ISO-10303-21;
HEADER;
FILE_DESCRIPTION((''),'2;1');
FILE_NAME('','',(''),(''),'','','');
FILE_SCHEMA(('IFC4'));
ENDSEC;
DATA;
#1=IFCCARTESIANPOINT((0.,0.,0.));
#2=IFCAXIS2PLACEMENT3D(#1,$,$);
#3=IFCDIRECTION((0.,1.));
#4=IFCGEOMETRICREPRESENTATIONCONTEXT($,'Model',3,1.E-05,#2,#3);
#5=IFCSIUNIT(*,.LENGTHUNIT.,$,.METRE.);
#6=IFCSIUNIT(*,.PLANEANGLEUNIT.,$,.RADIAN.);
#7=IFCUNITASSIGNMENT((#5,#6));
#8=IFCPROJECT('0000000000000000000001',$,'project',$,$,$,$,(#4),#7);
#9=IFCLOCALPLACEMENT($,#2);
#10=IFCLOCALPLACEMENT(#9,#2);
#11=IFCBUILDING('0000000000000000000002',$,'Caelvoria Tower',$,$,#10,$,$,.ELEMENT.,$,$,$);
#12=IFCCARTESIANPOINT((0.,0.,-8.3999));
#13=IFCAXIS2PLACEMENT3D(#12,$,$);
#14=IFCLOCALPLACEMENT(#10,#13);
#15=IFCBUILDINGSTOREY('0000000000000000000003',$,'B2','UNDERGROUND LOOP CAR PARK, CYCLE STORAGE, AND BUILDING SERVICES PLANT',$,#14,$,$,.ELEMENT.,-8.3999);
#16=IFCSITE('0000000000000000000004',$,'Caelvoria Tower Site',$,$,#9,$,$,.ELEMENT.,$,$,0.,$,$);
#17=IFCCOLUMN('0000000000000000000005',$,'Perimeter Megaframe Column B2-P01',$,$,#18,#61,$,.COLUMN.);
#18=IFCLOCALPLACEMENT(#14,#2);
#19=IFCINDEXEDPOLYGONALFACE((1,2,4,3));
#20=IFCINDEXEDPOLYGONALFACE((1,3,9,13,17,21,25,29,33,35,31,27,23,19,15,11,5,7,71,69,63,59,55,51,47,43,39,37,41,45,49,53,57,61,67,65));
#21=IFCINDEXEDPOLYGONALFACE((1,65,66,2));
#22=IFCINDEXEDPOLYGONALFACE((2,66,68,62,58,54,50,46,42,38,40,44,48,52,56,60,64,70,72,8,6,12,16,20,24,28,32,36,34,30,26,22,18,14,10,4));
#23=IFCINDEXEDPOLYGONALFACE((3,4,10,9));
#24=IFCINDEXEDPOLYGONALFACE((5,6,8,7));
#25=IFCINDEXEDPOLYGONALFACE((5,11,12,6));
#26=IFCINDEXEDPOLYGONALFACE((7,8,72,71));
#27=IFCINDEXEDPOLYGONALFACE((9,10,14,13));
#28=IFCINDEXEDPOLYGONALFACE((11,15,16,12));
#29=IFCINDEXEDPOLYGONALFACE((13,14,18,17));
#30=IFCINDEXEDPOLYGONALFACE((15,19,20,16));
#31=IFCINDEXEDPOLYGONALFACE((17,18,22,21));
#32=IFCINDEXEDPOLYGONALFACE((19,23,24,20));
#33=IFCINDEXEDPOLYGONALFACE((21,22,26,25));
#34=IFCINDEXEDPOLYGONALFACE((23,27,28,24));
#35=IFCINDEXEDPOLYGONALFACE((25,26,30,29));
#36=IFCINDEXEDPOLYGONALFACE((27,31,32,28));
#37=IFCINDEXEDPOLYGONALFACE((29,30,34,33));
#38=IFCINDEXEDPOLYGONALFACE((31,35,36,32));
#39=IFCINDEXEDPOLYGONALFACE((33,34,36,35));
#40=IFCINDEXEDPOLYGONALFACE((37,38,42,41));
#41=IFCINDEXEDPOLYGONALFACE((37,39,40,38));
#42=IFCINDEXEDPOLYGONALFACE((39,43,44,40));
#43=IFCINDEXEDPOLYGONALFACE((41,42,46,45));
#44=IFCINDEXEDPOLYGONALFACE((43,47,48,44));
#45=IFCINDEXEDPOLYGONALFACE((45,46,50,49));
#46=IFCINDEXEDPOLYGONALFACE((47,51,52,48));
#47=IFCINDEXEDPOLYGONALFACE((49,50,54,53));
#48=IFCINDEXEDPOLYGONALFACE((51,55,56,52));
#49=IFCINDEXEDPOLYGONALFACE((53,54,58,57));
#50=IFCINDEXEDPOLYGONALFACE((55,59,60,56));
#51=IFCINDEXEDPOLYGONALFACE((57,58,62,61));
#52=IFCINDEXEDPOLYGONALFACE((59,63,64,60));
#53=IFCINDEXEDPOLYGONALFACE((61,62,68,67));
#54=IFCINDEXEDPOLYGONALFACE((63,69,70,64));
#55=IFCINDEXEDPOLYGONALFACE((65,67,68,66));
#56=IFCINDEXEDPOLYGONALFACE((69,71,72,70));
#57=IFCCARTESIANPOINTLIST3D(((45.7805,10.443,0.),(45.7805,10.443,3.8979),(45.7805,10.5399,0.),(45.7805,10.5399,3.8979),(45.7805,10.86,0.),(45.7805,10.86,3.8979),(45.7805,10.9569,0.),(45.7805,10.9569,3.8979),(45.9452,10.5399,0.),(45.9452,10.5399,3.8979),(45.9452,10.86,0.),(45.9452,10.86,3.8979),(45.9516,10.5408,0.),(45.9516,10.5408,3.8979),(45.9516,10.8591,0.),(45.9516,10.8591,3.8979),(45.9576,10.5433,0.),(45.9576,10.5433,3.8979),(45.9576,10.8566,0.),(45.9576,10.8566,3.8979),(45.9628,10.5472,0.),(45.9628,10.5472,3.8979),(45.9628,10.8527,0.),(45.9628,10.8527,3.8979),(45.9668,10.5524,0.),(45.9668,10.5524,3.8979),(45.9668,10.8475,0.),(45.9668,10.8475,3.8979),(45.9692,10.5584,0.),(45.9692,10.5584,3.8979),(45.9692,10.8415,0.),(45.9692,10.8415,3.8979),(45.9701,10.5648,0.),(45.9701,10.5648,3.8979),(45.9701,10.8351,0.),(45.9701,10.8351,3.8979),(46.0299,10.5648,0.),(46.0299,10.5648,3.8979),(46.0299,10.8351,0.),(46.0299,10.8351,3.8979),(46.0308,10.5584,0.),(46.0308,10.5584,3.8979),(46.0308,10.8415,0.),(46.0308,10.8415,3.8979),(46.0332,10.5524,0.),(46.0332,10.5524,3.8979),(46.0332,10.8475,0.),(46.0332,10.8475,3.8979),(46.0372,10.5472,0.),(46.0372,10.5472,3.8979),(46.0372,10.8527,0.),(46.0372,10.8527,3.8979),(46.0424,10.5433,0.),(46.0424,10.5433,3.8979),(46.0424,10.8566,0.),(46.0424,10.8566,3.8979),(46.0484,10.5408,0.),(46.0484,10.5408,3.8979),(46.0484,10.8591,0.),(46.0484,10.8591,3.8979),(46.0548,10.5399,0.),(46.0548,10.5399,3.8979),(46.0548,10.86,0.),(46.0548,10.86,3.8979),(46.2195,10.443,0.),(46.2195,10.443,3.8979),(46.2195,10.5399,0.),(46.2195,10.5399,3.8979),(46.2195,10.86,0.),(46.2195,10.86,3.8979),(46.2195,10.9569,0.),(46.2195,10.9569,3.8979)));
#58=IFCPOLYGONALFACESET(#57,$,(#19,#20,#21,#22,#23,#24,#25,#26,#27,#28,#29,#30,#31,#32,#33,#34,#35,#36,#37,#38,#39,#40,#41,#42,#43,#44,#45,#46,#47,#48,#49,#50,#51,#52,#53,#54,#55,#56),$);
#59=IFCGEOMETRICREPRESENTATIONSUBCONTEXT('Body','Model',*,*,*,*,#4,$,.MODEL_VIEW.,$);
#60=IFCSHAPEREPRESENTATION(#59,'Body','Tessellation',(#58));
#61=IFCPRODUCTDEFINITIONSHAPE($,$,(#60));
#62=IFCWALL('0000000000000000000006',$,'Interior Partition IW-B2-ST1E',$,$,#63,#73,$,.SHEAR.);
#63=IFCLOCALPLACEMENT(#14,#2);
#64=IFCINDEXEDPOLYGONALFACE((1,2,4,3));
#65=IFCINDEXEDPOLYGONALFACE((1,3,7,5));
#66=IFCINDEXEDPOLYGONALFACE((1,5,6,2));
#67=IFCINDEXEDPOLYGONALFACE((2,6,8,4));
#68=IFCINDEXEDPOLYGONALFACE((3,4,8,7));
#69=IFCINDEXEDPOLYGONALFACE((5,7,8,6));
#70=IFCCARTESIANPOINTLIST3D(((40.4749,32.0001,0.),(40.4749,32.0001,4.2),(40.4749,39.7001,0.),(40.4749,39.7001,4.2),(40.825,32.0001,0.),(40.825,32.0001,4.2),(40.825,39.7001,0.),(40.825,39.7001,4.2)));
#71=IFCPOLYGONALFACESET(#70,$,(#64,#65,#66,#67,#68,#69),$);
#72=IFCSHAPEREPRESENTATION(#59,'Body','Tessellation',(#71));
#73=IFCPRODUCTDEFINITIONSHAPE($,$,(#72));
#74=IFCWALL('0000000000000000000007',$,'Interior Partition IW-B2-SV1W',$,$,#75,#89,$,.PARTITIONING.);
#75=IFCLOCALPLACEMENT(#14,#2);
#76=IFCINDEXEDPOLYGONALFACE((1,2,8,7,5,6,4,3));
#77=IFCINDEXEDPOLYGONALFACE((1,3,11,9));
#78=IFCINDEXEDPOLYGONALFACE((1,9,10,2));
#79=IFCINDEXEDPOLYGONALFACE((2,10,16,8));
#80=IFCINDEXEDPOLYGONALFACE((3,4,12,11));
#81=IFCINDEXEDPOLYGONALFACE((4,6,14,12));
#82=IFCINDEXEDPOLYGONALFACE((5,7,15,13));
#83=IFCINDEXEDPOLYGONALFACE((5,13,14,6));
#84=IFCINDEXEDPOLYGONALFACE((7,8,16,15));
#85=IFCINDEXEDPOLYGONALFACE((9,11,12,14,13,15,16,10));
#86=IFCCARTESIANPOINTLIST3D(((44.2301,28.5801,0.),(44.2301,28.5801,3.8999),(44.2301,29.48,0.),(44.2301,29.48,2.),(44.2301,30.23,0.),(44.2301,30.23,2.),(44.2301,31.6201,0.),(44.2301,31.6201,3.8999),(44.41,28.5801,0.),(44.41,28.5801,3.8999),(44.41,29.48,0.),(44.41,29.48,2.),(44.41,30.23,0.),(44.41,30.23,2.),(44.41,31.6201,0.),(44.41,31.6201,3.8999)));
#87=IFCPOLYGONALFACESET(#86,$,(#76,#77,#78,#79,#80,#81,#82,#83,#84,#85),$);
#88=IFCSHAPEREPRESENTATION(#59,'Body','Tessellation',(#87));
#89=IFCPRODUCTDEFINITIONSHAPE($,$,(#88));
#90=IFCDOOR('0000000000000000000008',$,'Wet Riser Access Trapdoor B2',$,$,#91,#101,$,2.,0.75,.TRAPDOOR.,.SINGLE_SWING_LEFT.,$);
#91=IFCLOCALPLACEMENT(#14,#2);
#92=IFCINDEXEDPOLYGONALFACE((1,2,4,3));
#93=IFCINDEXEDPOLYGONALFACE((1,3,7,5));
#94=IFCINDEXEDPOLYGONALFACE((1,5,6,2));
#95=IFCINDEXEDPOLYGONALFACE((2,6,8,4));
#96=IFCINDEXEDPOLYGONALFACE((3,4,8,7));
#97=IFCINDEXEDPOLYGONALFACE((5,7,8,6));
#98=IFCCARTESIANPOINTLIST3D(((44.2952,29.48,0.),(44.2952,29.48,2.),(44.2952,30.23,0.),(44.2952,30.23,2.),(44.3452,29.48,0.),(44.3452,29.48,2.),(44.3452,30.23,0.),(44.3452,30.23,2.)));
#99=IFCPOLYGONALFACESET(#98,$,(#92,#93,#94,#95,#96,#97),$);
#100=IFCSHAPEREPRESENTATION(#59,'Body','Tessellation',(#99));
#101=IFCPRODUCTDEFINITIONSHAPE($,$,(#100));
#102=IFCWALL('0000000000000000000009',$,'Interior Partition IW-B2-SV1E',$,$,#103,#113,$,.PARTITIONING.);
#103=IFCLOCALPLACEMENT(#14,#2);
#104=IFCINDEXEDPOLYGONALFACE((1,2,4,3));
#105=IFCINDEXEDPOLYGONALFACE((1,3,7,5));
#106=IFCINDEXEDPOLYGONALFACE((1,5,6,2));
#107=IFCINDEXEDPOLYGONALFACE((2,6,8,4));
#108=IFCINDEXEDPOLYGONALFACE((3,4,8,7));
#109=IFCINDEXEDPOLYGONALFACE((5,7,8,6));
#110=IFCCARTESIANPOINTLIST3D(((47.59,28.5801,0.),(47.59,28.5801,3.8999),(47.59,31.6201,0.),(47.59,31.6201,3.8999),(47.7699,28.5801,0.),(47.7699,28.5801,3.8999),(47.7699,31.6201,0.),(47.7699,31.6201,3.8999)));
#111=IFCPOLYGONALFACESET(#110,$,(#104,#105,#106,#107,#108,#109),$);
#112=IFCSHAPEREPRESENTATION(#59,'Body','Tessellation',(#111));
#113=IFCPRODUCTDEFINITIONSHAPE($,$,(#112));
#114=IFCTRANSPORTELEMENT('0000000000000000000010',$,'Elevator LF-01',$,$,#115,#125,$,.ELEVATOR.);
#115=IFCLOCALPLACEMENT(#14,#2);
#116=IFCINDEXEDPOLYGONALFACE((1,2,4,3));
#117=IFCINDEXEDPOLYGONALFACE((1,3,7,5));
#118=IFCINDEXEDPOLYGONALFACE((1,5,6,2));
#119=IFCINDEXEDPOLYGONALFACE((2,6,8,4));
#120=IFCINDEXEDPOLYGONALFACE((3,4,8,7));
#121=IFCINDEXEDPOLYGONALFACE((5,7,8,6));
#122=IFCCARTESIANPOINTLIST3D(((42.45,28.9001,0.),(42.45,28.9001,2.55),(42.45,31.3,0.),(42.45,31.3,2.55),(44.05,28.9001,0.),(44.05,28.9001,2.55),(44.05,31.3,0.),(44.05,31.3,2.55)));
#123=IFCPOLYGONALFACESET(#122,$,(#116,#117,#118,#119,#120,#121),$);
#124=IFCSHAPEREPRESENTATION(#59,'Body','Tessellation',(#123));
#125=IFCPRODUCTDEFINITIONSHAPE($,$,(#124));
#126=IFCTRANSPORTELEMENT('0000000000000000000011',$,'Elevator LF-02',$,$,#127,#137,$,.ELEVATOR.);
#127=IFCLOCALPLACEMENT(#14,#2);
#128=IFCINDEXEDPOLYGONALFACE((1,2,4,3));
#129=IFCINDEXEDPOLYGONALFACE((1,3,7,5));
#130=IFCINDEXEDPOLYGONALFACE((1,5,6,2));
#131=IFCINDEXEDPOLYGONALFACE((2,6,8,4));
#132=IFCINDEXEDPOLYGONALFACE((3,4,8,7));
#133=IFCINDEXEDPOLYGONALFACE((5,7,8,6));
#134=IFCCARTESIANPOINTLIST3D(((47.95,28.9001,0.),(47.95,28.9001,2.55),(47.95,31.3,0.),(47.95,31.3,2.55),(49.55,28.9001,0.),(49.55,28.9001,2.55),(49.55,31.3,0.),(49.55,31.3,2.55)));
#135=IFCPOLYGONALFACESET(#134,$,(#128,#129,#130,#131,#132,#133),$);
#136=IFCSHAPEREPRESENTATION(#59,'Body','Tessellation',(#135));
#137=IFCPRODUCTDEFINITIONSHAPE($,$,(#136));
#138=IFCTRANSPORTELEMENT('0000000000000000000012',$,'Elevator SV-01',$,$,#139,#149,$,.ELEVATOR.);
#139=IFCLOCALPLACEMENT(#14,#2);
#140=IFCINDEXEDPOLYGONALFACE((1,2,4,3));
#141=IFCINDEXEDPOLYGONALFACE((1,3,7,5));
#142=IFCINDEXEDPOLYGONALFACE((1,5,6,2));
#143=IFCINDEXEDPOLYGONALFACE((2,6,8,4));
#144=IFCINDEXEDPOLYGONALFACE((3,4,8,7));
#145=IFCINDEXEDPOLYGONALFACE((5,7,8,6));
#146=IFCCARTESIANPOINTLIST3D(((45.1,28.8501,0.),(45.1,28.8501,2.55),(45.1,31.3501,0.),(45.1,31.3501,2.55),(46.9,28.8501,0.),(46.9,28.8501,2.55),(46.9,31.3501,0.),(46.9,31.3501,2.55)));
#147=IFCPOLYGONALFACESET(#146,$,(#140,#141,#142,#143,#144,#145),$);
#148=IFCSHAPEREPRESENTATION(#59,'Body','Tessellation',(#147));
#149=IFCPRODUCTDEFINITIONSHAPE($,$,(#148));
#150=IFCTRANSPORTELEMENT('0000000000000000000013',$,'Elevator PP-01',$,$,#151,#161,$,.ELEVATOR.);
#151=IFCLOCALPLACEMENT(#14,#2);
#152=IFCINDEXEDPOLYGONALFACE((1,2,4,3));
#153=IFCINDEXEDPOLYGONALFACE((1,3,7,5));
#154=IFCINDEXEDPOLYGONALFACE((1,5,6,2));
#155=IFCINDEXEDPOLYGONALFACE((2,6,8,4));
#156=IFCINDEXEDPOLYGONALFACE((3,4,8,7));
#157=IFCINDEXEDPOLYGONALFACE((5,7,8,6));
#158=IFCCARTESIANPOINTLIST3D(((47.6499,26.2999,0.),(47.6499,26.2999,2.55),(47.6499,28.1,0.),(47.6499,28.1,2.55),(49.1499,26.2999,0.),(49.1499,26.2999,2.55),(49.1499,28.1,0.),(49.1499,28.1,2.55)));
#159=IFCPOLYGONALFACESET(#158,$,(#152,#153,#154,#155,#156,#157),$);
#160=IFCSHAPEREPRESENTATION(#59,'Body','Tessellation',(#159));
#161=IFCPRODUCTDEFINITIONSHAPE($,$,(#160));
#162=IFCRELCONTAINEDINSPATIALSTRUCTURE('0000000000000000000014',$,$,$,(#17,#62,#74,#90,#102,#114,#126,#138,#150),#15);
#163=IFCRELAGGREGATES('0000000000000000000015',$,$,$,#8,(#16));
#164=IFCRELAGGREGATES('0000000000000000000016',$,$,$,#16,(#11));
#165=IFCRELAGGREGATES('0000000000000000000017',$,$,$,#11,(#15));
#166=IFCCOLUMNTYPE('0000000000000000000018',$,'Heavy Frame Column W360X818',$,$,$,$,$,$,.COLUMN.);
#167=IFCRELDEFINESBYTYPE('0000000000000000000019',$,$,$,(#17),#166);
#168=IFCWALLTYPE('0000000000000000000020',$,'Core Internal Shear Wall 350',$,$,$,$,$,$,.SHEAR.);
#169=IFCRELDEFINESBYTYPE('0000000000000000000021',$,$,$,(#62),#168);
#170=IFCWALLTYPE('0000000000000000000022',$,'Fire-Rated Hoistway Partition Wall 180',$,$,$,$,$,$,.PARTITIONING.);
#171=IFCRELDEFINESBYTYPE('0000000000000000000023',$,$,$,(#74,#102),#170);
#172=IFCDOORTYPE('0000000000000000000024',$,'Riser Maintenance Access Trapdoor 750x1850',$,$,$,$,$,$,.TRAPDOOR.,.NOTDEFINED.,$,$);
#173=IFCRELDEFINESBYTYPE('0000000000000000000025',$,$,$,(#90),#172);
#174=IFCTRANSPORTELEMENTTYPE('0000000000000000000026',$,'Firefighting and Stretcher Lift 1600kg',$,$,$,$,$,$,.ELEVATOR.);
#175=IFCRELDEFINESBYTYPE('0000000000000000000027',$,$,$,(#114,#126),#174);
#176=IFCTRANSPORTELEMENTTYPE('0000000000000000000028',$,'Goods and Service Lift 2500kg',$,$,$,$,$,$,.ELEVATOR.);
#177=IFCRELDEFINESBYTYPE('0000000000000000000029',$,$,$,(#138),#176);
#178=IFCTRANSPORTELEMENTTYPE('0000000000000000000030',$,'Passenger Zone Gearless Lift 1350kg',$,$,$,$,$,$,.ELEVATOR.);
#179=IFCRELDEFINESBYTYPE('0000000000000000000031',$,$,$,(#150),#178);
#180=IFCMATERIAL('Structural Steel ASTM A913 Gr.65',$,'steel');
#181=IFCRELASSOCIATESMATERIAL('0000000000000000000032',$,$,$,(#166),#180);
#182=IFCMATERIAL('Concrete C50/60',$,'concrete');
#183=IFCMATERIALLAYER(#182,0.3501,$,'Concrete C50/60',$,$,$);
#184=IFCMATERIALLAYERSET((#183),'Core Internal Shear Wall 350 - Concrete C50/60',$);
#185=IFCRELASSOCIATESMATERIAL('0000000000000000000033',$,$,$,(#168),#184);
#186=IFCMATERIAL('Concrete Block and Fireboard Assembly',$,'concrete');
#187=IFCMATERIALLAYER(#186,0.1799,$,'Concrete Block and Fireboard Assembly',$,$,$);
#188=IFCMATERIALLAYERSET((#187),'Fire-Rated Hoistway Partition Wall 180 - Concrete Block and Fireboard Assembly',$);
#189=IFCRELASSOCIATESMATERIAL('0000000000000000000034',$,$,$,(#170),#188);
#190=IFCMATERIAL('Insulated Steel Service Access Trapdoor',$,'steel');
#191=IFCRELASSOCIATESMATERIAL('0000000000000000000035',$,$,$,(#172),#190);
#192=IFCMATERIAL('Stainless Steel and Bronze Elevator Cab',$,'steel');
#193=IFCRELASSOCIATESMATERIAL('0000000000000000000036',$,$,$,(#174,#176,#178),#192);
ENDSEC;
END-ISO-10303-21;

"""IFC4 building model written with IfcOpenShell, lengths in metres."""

from ifc_helpers import new_model, si_unit, direction, frame, frame_2d, origin, origin_2d, place, context, subcontext, project, spatial, rectangle, i_section, extrude, material, layer, layer_set, material_profile, profile_set, type_object, element, fill, save


model = new_model("IFC4")

# Units and contexts
model_context = context("Model", 3, precision=1e-05, world=origin(), true_north=direction((0.0, 1.0)))
body_context = subcontext(model_context, "Body", "Model", "MODEL_VIEW")
ifc_project = project(units=[si_unit("LENGTHUNIT", "METRE"), si_unit("PLANEANGLEUNIT", "RADIAN")], contexts=[model_context])

# Site, building, storey
site_placement = place(None, origin())
site = spatial("IfcSite", under=ifc_project, at=site_placement, Name="Caelvoria Tower Site", CompositionType="ELEMENT", RefElevation=0.0)
building_placement = place(site_placement, origin())
building = spatial("IfcBuilding", under=site, at=building_placement, Name="Caelvoria Tower", CompositionType="ELEMENT")
storey_placement = place(building_placement, frame((0.0, 0.0, -8.3999)))
storey = spatial("IfcBuildingStorey", under=building, at=storey_placement, Name="B2", Description="UNDERGROUND LOOP CAR PARK, CYCLE STORAGE, AND BUILDING SERVICES PLANT", CompositionType="ELEMENT", Elevation=-8.3999)

# Column
ifc_material_1 = material(Name="Concrete C50/60", Category="concrete")
ifc_material_2 = material(Name="Structural Steel ASTM A913 Gr.65", Category="steel")
ifc_material_profile_1 = material_profile(ifc_material_2, i_section(OverallWidth=0.439, OverallDepth=0.5139, WebThickness=0.0598, FlangeThickness=0.0969, FilletRadius=0.0249, at=origin_2d()), Name="Structural Steel ASTM A913 Gr.65")
ifc_profile_set_1 = profile_set([ifc_material_profile_1], Name="W360X818 - Structural Steel ASTM A913 Gr.65")
column_type_1 = type_object("IfcColumnType", Name="Heavy Frame Column W360X818", PredefinedType="COLUMN", material=ifc_profile_set_1)
column_placement = place(storey_placement, frame((46.0, 10.7, 0.0), z_axis=(0.0, 0.0, 1.0), x_axis=(1.0, 0.0, 0.0)))
element("IfcColumn", 1, at=column_placement, inside=storey, type_object=column_type_1, Name="Perimeter Megaframe Column B2-P01", PredefinedType="COLUMN", context=body_context, shape_type="SweptSolid", body=[
    extrude(i_section(OverallWidth=0.439, OverallDepth=0.5139, WebThickness=0.0598, FlangeThickness=0.0969, FilletRadius=0.0249, at=origin_2d()), origin(), (0.0, 0.0, 1.0), 3.8979),
])

# Wall
ifc_layer_1 = layer(ifc_material_1, 0.3501, Name="Concrete C50/60")
ifc_layer_set_1 = layer_set([ifc_layer_1], Name="Core Internal Shear Wall 350 - Concrete C50/60")
wall_type_1 = type_object("IfcWallType", Name="Core Internal Shear Wall 350", PredefinedType="SHEAR", material=ifc_layer_set_1)
wall_1_placement = place(storey_placement, frame((40.6499, 32.0, 0.0), z_axis=(0.0, 0.0, 1.0), x_axis=(0.0, 1.0, 0.0)))
element("IfcWall", 2, at=wall_1_placement, inside=storey, type_object=wall_type_1, Name="Interior Partition IW-B2-ST1E", PredefinedType="SHEAR", context=body_context, shape_type="SweptSolid", body=[
    extrude(rectangle(XDim=7.7, YDim=0.3501, at=frame_2d((3.8501, 0.0))), origin(), (0.0, 0.0, 1.0), 4.2),
])

# Wall, opening, door
ifc_material_3 = material(Name="Concrete Block and Fireboard Assembly", Category="concrete")
ifc_layer_2 = layer(ifc_material_3, 0.1799, Name="Concrete Block and Fireboard Assembly")
ifc_layer_set_2 = layer_set([ifc_layer_2], Name="Fire-Rated Hoistway Partition Wall 180 - Concrete Block and Fireboard Assembly")
wall_type_2 = type_object("IfcWallType", Name="Fire-Rated Hoistway Partition Wall 180", PredefinedType="PARTITIONING", material=ifc_layer_set_2)
wall_2_placement = place(storey_placement, frame((44.3201, 28.5801, 0.0), z_axis=(0.0, 0.0, 1.0), x_axis=(0.0, 1.0, 0.0)))
wall_2 = element("IfcWall", 3, at=wall_2_placement, inside=storey, type_object=wall_type_2, Name="Interior Partition IW-B2-SV1W", PredefinedType="PARTITIONING", context=body_context, shape_type="SweptSolid", body=[
    extrude(rectangle(XDim=3.04, YDim=0.1799, at=frame_2d((1.52, 0.0))), origin(), (0.0, 0.0, 1.0), 3.8999),
])
opening_1_placement = place(wall_2_placement, frame((0.8999, 0.0, 0.0)))
opening_1 = element("IfcOpeningElement", 4, at=opening_1_placement, cuts=wall_2, PredefinedType="OPENING", context=body_context, shape_type="SweptSolid", body=[
    extrude(rectangle(XDim=0.75, YDim=2.0, at=frame_2d((0.375, 1.0))), frame((0.0, 0.0999, 0.0), z_axis=(0.0, -1.0, 0.0), x_axis=(1.0, 0.0, 0.0)), (0.0, 0.0, 1.0), 0.2),
])
ifc_material_4 = material(Name="Insulated Steel Service Access Trapdoor", Category="steel")
door_type_1 = type_object("IfcDoorType", Name="Riser Maintenance Access Trapdoor 750x1850", OperationType="NOTDEFINED", PredefinedType="TRAPDOOR", material=ifc_material_4)
door_1_placement = place(opening_1_placement, origin())
door_1 = element("IfcDoor", 5, at=door_1_placement, inside=storey, type_object=door_type_1, Name="Wet Riser Access Trapdoor B2", OperationType="SINGLE_SWING_LEFT", OverallHeight=2.0, OverallWidth=0.75, PredefinedType="TRAPDOOR", context=body_context, shape_type="SweptSolid", body=[
    extrude(rectangle(XDim=0.75, YDim=2.0, at=frame_2d((0.375, 1.0))), frame((0.0, 0.0249, 0.0), z_axis=(0.0, -1.0, 0.0), x_axis=(1.0, 0.0, 0.0)), (0.0, 0.0, 1.0), 0.05),
])
fill(opening_1, door_1)

# Wall
wall_3_placement = place(storey_placement, frame((47.6799, 28.5801, 0.0), z_axis=(0.0, 0.0, 1.0), x_axis=(0.0, 1.0, 0.0)))
element("IfcWall", 6, at=wall_3_placement, inside=storey, type_object=wall_type_2, Name="Interior Partition IW-B2-SV1E", PredefinedType="PARTITIONING", context=body_context, shape_type="SweptSolid", body=[
    extrude(rectangle(XDim=3.04, YDim=0.1799, at=frame_2d((1.52, 0.0))), origin(), (0.0, 0.0, 1.0), 3.8999),
])

# Transport elements
ifc_material_5 = material(Name="Stainless Steel and Bronze Elevator Cab", Category="steel")
transport_element_type_1 = type_object("IfcTransportElementType", Name="Firefighting and Stretcher Lift 1600kg", PredefinedType="ELEVATOR", material=ifc_material_5)
for number, where, z_axis, x_axis, name in (
    (7, (43.25, 30.1001, 0.0), (0.0, 0.0, 1.0), (1.0, 0.0, 0.0), "Elevator LF-01"),
    (8, (48.75, 30.1001, 0.0), (0.0, 0.0, 1.0), (1.0, 0.0, 0.0), "Elevator LF-02"),
):
    element("IfcTransportElement", number, at=place(storey_placement, frame(where, z_axis=z_axis, x_axis=x_axis)), inside=storey, type_object=transport_element_type_1, Name=name, PredefinedType="ELEVATOR", context=body_context, shape_type="SweptSolid", body=[
        extrude(rectangle(XDim=1.6001, YDim=2.3999, at=origin_2d()), origin(), (0.0, 0.0, 1.0), 2.55),
    ])
transport_element_type_2 = type_object("IfcTransportElementType", Name="Goods and Service Lift 2500kg", PredefinedType="ELEVATOR", material=ifc_material_5)
transport_element_1_placement = place(storey_placement, frame((46.0, 30.1001, 0.0), z_axis=(0.0, 0.0, 1.0), x_axis=(1.0, 0.0, 0.0)))
element("IfcTransportElement", 9, at=transport_element_1_placement, inside=storey, type_object=transport_element_type_2, Name="Elevator SV-01", PredefinedType="ELEVATOR", context=body_context, shape_type="SweptSolid", body=[
    extrude(rectangle(XDim=1.8, YDim=2.5, at=origin_2d()), origin(), (0.0, 0.0, 1.0), 2.55),
])
transport_element_type_3 = type_object("IfcTransportElementType", Name="Passenger Zone Gearless Lift 1350kg", PredefinedType="ELEVATOR", material=ifc_material_5)
transport_element_2_placement = place(storey_placement, frame((48.3999, 27.2, 0.0), z_axis=(0.0, 0.0, 1.0), x_axis=(1.0, 0.0, 0.0)))
element("IfcTransportElement", 10, at=transport_element_2_placement, inside=storey, type_object=transport_element_type_3, Name="Elevator PP-01", PredefinedType="ELEVATOR", context=body_context, shape_type="SweptSolid", body=[
    extrude(rectangle(XDim=1.5, YDim=1.8, at=origin_2d()), origin(), (0.0, 0.0, 1.0), 2.55),
])

save(model, "model.ifc")
